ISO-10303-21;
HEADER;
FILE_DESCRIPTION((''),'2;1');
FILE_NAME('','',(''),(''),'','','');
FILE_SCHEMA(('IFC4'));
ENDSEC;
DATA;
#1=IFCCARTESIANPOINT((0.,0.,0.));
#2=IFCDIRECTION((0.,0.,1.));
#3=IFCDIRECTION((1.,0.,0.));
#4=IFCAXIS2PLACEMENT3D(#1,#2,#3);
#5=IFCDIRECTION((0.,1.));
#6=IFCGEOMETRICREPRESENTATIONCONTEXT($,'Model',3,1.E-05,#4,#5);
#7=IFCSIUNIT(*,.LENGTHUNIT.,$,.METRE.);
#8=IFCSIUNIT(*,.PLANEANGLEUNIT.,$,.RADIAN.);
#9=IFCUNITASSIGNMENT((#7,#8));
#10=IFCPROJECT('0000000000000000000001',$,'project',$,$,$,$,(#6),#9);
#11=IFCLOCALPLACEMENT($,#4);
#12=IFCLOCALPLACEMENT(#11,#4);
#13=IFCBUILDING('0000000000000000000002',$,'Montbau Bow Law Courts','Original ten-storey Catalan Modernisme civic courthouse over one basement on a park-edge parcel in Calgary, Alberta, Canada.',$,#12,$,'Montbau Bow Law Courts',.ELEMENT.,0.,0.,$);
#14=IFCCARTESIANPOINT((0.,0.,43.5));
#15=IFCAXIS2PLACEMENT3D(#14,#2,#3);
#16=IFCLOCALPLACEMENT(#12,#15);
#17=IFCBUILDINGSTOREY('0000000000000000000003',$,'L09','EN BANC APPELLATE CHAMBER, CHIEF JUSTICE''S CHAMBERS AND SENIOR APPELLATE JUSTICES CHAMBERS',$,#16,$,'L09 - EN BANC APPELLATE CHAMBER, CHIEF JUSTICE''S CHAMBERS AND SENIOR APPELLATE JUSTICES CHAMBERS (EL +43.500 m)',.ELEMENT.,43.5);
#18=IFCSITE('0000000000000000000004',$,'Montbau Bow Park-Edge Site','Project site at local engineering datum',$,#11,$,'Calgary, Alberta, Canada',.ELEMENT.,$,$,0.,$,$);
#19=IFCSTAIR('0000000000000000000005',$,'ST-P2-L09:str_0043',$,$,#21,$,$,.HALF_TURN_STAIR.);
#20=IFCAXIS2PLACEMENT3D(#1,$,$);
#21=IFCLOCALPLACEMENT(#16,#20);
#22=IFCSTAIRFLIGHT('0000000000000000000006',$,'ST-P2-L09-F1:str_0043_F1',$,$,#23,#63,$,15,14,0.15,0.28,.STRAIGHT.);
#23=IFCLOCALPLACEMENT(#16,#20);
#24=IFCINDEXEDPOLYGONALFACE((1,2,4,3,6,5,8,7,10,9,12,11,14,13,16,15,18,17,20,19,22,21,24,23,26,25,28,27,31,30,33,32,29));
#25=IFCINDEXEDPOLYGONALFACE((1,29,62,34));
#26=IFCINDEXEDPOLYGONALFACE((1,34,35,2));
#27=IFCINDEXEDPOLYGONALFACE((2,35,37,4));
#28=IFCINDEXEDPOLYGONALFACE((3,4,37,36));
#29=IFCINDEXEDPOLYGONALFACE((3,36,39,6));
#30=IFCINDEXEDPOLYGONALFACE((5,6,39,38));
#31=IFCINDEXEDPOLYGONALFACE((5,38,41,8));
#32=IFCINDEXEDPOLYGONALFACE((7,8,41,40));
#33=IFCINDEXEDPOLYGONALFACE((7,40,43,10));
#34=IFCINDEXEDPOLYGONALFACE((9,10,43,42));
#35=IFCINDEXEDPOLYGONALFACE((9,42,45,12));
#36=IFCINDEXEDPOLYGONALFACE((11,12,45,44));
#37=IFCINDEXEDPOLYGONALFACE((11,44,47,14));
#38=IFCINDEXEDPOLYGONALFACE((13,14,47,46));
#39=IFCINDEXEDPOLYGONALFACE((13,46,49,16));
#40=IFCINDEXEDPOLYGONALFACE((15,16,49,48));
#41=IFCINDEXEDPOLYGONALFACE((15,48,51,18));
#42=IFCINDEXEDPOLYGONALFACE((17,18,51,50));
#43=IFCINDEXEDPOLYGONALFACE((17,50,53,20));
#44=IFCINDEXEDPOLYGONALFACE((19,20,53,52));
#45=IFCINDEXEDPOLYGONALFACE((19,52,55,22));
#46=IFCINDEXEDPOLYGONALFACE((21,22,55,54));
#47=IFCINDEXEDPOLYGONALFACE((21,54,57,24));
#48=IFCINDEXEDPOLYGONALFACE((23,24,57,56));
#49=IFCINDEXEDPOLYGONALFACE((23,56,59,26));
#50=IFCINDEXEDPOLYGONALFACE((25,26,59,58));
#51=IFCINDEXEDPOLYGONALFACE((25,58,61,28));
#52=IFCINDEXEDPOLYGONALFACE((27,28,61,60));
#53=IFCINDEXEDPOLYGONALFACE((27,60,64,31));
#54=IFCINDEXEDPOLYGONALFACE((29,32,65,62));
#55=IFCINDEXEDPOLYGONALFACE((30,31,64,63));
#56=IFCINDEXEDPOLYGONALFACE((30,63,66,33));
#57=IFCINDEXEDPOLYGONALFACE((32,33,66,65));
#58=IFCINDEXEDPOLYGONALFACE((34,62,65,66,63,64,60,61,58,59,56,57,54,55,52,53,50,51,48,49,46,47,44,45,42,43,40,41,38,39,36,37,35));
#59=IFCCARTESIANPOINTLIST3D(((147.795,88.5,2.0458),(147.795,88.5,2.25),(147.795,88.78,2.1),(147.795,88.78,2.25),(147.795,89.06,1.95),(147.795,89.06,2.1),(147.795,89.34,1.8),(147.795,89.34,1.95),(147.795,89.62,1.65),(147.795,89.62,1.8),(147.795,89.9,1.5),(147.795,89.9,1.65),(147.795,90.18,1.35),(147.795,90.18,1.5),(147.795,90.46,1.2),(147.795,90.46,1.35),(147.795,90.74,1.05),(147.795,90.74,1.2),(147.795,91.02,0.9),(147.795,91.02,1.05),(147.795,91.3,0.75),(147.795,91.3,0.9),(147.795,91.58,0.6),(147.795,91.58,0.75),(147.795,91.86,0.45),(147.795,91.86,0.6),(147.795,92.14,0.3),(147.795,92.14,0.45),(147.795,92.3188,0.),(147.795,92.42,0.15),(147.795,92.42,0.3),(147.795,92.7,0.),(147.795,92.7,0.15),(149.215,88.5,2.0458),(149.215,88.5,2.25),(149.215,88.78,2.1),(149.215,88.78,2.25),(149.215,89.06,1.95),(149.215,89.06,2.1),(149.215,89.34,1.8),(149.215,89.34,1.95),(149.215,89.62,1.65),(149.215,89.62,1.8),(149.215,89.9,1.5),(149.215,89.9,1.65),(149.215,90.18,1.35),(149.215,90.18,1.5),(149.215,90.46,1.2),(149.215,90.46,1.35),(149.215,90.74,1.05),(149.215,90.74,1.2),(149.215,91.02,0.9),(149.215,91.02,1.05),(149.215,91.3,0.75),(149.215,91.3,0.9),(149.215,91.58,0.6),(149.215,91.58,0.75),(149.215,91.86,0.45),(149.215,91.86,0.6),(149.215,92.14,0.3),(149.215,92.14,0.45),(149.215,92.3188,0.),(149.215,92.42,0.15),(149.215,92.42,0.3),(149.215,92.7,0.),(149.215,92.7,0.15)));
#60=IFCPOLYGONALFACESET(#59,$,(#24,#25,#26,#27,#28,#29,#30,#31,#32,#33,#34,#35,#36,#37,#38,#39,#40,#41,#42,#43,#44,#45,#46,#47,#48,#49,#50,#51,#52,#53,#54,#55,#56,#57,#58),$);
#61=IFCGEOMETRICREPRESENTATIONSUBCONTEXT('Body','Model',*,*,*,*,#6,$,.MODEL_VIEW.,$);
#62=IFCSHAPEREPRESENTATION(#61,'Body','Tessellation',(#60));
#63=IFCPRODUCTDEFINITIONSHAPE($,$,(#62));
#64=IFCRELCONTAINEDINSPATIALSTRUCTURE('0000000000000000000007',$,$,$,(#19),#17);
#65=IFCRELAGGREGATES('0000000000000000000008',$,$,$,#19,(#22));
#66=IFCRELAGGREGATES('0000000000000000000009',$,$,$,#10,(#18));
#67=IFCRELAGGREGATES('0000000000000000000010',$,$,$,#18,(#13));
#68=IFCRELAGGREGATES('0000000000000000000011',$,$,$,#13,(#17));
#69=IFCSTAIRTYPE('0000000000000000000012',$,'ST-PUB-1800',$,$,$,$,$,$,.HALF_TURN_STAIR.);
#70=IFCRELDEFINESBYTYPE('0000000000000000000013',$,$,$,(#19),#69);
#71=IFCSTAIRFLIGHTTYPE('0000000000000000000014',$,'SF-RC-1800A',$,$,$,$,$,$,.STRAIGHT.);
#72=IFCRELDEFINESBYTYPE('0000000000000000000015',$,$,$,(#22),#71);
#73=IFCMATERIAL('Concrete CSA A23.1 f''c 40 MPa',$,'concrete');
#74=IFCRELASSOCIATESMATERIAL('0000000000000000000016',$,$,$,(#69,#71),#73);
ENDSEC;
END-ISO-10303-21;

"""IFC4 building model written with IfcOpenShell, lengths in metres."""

from ifc_helpers import new_model, si_unit, direction, frame, origin_with_axes, place, context, subcontext, project, spatial, polyline, outline, extrude, material, type_object, element, aggregate, save


model = new_model("IFC4")

# Units and contexts
model_context = context("Model", 3, precision=1e-05, world=origin_with_axes(), true_north=direction((0.0, 1.0)))
body_context = subcontext(model_context, "Body", "Model", "MODEL_VIEW")
ifc_project = project(units=[si_unit("LENGTHUNIT", "METRE"), si_unit("PLANEANGLEUNIT", "RADIAN")], contexts=[model_context])

# Site, building, storey
site_placement = place(None, origin_with_axes())
site = spatial("IfcSite", under=ifc_project, at=site_placement, Name="Montbau Bow Park-Edge Site", Description="Project site at local engineering datum", LongName="Calgary, Alberta, Canada", CompositionType="ELEMENT", RefElevation=0.0)
building_placement = place(site_placement, origin_with_axes())
building = spatial("IfcBuilding", under=site, at=building_placement, Name="Montbau Bow Law Courts", Description="Original ten-storey Catalan Modernisme civic courthouse over one basement on a park-edge parcel in Calgary, Alberta, Canada.", LongName="Montbau Bow Law Courts", CompositionType="ELEMENT", ElevationOfRefHeight=0.0, ElevationOfTerrain=0.0)
storey_placement = place(building_placement, frame((0.0, 0.0, 43.5), z_axis=(0.0, 0.0, 1.0), x_axis=(1.0, 0.0, 0.0)))
storey = spatial("IfcBuildingStorey", under=building, at=storey_placement, Name="L09", Description="EN BANC APPELLATE CHAMBER, CHIEF JUSTICE'S CHAMBERS AND SENIOR APPELLATE JUSTICES CHAMBERS", LongName="L09 - EN BANC APPELLATE CHAMBER, CHIEF JUSTICE'S CHAMBERS AND SENIOR APPELLATE JUSTICES CHAMBERS (EL +43.500 m)", CompositionType="ELEMENT", Elevation=43.5)

# Stair, stair flight
ifc_material_1 = material(Name="Concrete CSA A23.1 f'c 40 MPa", Category="concrete")
stair_type = type_object("IfcStairType", Name="ST-PUB-1800", PredefinedType="HALF_TURN_STAIR", material=ifc_material_1)
stair_placement = place(None, frame((148.505, 92.7, 43.5), z_axis=(0.0, 0.0, 1.0), x_axis=(1.0, 0.0, 0.0)))
stair = element("IfcStair", 1, at=stair_placement, inside=storey, type_object=stair_type, Name="ST-P2-L09:str_0043", PredefinedType="HALF_TURN_STAIR")
stair_flight_type = type_object("IfcStairFlightType", Name="SF-RC-1800A", PredefinedType="STRAIGHT", material=ifc_material_1)
stair_flight_placement = place(None, frame((148.505, 92.7, 43.5), z_axis=(0.0, 0.0, 1.0), x_axis=(0.0, -1.0, 0.0)))
stair_flight = element("IfcStairFlight", 2, at=stair_flight_placement, type_object=stair_flight_type, Name="ST-P2-L09-F1:str_0043_F1", NumberOfRisers=15, NumberOfTreads=14, PredefinedType="STRAIGHT", RiserHeight=0.15, TreadLength=0.28, context=body_context, shape_type="SweptSolid", body=[
    extrude(outline(polyline([(0.0, 0.0), (0.0, 0.15), (0.28, 0.15), (0.28, 0.3), (0.56, 0.3), (0.56, 0.45), (0.84, 0.45), (0.84, 0.6), (1.12, 0.6), (1.12, 0.75), (1.4, 0.75), (1.4, 0.9), (1.68, 0.9), (1.68, 1.05), (1.96, 1.05), (1.96, 1.2), (2.24, 1.2), (2.24, 1.35), (2.52, 1.35), (2.52, 1.5), (2.8, 1.5), (2.8, 1.65), (3.08, 1.65), (3.08, 1.8), (3.36, 1.8), (3.36, 1.95), (3.64, 1.95), (3.64, 2.1), (3.92, 2.1), (3.92, 2.25), (4.2, 2.25), (4.2, 2.0458), (0.3812, 0.0), (0.0, 0.0)])), frame((0.0, 0.71, 0.0), z_axis=(0.0, -1.0, 0.0), x_axis=(1.0, 0.0, 0.0)), (0.0, 0.0, 1.0), 1.42),
])
aggregate(stair, [stair_flight])

save(model, "model.ifc")
